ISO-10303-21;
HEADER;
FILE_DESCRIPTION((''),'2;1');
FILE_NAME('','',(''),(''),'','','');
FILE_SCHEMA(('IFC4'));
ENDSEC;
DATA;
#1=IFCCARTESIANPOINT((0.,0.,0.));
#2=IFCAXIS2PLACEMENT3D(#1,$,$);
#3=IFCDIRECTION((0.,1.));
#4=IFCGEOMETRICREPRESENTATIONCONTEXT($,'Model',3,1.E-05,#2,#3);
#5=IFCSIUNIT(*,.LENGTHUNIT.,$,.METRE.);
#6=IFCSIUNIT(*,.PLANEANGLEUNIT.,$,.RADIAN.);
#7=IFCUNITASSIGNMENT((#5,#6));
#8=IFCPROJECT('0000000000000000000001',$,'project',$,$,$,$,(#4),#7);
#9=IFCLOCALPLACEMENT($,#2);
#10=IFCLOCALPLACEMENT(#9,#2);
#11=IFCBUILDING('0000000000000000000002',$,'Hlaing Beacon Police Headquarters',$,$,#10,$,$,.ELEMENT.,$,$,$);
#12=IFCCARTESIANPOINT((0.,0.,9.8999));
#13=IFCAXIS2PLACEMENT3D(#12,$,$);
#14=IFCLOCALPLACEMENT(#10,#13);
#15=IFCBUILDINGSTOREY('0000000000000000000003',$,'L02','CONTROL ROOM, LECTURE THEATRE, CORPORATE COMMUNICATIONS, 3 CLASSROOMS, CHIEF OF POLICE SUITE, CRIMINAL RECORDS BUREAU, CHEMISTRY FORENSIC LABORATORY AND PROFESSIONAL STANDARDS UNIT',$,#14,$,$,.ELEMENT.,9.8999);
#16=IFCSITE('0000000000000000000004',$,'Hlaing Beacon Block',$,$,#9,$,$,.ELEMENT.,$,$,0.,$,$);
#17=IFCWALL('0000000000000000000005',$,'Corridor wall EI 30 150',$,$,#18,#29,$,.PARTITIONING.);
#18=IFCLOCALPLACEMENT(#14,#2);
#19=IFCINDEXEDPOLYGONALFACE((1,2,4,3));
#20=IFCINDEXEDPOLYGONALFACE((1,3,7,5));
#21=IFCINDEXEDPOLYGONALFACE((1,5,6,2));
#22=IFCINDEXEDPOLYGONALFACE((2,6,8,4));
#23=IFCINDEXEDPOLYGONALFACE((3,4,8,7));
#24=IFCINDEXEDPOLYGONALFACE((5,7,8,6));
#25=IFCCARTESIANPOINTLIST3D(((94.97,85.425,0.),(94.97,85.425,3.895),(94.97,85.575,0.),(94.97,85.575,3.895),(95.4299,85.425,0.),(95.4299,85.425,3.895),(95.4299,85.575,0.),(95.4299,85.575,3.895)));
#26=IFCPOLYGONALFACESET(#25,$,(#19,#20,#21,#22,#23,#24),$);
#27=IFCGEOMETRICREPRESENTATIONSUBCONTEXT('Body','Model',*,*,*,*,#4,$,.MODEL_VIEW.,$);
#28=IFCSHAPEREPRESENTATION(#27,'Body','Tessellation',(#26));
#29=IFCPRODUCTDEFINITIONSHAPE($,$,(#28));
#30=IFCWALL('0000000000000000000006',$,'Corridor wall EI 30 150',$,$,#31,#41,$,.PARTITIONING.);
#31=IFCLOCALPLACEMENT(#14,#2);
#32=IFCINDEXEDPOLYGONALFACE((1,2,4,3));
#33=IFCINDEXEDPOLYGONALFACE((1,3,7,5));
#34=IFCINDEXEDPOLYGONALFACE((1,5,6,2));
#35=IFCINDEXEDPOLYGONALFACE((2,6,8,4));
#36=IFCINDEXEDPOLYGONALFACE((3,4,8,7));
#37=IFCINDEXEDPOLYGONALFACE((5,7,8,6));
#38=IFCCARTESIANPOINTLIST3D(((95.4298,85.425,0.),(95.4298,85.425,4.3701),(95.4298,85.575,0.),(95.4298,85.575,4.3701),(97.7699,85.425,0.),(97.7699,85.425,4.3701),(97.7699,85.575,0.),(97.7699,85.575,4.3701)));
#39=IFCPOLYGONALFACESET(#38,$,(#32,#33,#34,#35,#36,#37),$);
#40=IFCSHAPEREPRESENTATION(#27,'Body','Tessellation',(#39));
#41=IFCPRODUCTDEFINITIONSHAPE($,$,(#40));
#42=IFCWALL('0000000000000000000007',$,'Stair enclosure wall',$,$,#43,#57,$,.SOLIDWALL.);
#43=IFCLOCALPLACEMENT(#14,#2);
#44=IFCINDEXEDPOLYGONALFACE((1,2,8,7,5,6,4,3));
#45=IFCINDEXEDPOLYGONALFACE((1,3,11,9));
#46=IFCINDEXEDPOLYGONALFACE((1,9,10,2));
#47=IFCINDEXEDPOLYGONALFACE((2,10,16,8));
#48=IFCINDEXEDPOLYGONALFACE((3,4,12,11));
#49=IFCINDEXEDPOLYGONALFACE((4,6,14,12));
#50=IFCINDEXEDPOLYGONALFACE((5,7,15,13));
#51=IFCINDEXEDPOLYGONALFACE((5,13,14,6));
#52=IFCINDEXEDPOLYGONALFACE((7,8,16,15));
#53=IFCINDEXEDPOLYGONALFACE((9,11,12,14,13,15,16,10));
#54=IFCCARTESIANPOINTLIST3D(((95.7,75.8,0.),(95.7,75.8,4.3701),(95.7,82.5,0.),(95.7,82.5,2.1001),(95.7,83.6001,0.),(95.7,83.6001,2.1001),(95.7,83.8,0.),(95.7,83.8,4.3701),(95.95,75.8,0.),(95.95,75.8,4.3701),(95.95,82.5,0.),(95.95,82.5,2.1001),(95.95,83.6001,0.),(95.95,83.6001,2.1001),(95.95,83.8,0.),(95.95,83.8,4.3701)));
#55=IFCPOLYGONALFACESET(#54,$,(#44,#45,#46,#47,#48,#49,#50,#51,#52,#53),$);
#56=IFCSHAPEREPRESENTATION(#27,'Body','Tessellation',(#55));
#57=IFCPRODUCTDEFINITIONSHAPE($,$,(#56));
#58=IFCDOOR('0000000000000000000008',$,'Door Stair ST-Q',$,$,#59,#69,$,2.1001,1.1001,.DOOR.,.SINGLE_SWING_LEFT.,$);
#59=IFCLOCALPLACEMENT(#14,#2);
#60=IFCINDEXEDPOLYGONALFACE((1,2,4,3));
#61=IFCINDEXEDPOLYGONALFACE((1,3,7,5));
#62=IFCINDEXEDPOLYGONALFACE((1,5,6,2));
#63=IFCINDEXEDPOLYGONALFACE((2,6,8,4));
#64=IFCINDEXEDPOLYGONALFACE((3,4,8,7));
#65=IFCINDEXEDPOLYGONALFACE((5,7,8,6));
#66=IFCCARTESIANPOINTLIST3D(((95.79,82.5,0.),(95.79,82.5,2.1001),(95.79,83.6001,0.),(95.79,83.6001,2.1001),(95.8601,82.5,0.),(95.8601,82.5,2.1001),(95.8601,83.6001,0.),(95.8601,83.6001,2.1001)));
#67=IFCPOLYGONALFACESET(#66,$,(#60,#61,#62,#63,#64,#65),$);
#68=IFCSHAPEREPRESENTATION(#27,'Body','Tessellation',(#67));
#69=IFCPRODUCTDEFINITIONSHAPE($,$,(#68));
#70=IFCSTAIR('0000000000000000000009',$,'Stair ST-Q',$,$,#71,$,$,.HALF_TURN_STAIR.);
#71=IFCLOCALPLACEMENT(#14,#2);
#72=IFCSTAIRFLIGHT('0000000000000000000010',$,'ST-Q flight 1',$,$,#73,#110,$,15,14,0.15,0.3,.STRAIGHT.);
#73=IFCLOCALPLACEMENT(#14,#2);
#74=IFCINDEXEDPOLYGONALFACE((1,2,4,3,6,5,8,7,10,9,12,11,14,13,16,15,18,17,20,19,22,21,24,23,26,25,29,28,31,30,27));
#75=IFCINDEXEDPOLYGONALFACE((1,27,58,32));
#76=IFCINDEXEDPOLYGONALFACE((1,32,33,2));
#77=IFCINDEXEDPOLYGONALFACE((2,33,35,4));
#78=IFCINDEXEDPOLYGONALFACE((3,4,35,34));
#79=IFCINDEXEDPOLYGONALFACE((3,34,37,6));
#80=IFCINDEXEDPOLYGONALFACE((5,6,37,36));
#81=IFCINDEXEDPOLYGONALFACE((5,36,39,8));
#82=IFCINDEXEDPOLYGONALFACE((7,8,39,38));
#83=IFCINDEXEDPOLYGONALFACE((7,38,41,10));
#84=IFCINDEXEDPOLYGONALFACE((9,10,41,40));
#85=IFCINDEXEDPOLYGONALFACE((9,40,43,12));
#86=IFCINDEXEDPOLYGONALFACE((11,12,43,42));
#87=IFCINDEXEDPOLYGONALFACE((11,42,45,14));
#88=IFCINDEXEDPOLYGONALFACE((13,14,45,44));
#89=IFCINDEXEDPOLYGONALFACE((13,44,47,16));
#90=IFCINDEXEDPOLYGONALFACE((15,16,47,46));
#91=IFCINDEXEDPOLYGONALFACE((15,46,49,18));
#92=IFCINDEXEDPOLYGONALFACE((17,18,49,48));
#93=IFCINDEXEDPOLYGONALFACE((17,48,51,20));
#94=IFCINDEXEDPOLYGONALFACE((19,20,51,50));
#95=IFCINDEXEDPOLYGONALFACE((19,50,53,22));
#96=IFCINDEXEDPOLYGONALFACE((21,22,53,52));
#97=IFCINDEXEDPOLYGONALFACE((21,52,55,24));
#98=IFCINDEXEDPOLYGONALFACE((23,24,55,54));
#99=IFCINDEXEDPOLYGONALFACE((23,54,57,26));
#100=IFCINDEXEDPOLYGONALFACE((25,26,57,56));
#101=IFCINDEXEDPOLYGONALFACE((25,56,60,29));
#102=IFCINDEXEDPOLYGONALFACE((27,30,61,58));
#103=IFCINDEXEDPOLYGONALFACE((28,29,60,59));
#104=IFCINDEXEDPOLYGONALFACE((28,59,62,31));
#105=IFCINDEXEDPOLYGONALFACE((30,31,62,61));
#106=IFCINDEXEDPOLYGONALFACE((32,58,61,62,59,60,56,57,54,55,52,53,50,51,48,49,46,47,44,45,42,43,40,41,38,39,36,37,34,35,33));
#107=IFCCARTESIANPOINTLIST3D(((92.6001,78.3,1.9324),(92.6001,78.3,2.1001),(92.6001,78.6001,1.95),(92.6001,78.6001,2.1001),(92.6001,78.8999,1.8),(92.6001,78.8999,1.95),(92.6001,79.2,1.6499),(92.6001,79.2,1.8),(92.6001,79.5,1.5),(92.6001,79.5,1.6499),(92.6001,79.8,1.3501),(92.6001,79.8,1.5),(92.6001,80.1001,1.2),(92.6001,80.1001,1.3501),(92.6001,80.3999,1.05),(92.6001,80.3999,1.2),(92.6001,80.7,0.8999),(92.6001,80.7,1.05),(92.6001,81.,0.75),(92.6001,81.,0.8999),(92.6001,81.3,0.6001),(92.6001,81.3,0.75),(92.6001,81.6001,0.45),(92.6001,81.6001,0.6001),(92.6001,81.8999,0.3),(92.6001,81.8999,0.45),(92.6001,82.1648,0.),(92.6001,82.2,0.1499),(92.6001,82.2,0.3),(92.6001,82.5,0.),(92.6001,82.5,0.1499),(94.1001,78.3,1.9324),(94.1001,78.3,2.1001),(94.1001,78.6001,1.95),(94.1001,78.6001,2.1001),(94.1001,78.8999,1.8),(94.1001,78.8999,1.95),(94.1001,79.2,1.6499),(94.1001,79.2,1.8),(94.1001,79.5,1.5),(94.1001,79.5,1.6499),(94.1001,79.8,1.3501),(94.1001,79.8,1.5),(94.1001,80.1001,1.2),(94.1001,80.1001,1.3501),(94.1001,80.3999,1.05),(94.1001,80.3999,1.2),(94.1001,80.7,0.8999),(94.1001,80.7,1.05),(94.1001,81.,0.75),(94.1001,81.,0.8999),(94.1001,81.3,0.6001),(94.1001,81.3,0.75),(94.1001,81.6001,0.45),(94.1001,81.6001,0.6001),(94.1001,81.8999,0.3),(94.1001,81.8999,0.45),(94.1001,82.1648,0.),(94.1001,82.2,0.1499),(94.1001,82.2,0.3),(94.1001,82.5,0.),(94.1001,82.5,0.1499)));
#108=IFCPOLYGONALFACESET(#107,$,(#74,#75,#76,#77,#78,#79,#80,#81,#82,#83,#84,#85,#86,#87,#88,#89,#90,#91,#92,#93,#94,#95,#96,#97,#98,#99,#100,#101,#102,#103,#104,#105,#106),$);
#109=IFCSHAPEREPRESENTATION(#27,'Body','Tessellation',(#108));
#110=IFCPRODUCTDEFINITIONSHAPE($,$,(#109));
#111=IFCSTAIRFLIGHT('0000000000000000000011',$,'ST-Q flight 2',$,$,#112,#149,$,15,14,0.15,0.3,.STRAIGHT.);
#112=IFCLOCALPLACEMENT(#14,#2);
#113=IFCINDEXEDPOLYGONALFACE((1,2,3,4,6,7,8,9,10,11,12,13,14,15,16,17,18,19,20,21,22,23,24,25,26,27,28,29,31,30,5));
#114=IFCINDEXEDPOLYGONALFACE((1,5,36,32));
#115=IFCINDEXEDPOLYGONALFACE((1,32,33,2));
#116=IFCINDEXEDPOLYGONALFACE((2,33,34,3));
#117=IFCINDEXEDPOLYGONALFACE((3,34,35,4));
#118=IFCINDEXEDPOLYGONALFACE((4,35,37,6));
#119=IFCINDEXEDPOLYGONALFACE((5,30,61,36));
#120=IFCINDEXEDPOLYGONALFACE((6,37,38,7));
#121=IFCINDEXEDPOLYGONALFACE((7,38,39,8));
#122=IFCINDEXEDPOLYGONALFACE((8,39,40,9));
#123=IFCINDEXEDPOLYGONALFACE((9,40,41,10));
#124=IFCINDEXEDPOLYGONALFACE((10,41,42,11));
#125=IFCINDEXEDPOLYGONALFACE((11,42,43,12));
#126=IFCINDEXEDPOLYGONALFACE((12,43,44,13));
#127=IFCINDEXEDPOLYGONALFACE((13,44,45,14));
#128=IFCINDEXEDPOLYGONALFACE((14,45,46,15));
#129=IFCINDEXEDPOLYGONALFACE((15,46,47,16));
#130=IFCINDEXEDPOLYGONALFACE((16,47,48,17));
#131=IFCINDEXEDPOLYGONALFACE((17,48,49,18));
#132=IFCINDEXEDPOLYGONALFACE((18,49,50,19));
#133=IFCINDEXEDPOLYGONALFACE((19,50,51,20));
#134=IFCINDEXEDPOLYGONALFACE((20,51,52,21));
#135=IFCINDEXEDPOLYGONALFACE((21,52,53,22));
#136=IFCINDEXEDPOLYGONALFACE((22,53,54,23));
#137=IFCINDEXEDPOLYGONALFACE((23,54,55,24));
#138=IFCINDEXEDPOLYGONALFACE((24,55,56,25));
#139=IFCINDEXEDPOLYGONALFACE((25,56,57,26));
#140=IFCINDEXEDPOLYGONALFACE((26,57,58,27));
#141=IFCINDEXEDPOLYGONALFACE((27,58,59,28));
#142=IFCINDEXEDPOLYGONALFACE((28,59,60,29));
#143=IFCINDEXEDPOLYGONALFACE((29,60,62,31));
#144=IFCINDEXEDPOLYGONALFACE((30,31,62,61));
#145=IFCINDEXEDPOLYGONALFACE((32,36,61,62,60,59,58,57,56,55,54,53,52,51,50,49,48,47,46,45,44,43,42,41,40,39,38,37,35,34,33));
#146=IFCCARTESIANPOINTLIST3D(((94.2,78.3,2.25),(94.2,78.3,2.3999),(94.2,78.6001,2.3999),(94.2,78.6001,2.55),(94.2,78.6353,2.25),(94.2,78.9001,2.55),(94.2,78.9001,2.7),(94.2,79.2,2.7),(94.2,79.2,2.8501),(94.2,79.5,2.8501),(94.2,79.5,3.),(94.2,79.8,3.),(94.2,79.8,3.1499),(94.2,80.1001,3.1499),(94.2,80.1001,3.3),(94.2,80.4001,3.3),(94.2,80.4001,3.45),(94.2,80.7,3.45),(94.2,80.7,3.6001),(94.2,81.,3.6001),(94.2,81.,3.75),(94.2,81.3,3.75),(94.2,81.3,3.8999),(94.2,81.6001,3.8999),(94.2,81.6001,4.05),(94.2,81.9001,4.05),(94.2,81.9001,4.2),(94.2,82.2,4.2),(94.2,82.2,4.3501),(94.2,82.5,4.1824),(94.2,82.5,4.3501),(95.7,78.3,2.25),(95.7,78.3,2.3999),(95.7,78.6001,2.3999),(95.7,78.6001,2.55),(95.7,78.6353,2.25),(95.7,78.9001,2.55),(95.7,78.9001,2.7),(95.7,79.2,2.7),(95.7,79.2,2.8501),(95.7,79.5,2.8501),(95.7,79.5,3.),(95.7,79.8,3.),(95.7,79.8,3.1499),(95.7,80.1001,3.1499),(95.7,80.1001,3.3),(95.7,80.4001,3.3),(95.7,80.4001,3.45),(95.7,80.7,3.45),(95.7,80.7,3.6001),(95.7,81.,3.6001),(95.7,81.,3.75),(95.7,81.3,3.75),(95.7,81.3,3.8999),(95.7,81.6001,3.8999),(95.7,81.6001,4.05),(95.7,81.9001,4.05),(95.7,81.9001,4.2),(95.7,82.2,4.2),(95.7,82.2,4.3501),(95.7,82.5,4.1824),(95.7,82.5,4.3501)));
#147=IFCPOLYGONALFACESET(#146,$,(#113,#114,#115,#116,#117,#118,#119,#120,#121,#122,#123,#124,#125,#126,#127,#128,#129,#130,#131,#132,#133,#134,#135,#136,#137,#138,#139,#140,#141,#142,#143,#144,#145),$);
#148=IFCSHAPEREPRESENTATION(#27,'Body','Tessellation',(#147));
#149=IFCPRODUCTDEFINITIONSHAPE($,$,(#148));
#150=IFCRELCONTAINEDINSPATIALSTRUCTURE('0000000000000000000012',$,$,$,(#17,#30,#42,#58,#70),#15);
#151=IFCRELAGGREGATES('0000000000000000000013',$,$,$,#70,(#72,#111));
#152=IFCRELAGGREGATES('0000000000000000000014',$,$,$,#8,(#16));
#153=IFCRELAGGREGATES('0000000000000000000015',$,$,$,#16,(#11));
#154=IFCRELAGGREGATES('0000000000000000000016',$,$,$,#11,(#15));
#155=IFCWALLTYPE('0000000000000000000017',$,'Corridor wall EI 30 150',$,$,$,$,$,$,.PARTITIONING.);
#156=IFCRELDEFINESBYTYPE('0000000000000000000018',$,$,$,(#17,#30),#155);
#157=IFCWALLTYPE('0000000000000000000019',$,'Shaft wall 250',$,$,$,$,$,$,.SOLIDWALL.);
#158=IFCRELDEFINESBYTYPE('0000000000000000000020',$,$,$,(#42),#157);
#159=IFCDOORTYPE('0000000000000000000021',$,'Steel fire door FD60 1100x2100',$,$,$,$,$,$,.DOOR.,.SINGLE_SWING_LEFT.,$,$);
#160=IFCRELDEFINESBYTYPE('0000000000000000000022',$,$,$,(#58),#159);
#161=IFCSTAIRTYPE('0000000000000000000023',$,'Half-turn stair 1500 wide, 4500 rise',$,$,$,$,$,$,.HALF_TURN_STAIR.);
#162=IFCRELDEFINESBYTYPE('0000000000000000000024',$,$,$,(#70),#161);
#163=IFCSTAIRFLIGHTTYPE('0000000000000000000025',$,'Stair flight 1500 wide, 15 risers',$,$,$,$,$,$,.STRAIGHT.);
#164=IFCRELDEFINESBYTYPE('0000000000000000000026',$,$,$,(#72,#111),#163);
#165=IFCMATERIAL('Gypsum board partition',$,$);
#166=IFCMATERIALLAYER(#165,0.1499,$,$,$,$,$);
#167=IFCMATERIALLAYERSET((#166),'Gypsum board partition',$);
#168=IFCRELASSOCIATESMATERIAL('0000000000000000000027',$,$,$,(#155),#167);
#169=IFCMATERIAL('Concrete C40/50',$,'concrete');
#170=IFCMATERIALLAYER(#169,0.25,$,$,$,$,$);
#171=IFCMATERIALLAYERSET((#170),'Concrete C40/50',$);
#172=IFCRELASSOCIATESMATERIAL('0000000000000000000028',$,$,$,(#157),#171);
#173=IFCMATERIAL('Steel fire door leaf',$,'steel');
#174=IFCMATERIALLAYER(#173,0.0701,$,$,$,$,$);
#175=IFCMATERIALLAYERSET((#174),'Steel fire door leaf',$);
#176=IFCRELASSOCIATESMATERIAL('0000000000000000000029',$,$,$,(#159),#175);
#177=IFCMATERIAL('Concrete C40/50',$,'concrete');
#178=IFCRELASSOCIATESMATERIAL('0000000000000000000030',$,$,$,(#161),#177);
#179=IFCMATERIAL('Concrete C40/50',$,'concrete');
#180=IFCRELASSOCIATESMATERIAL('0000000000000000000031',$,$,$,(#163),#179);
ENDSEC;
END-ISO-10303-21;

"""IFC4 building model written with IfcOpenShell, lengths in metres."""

from ifc_helpers import new_model, si_unit, direction, frame, frame_2d, origin, place, context, subcontext, project, spatial, polyline, rectangle, outline, extrude, material, layer, layer_set, type_object, element, fill, aggregate, save


model = new_model("IFC4")

# Units and contexts
model_context = context("Model", 3, precision=1e-05, world=origin(), true_north=direction((0.0, 1.0)))
body_context = subcontext(model_context, "Body", "Model", "MODEL_VIEW")
ifc_project = project(units=[si_unit("LENGTHUNIT", "METRE"), si_unit("PLANEANGLEUNIT", "RADIAN")], contexts=[model_context])

# Site, building, storey
site_placement = place(None, origin())
site = spatial("IfcSite", under=ifc_project, at=site_placement, Name="Hlaing Beacon Block", CompositionType="ELEMENT", RefElevation=0.0)
building_placement = place(site_placement, origin())
building = spatial("IfcBuilding", under=site, at=building_placement, Name="Hlaing Beacon Police Headquarters", CompositionType="ELEMENT")
storey_placement = place(building_placement, frame((0.0, 0.0, 9.8999)))
storey = spatial("IfcBuildingStorey", under=building, at=storey_placement, Name="L02", Description="CONTROL ROOM, LECTURE THEATRE, CORPORATE COMMUNICATIONS, 3 CLASSROOMS, CHIEF OF POLICE SUITE, CRIMINAL RECORDS BUREAU, CHEMISTRY FORENSIC LABORATORY AND PROFESSIONAL STANDARDS UNIT", CompositionType="ELEMENT", Elevation=9.8999)

# Walls
ifc_material_1 = material(Name="Gypsum board partition")
ifc_layer_1 = layer(ifc_material_1, 0.1499)
ifc_layer_set_1 = layer_set([ifc_layer_1], Name="Gypsum board partition")
wall_type_1 = type_object("IfcWallType", Name="Corridor wall EI 30 150", PredefinedType="PARTITIONING", material=ifc_layer_set_1)
wall_1_placement = place(storey_placement, frame((94.97, 85.5, 0.0), z_axis=(0.0, 0.0, 1.0), x_axis=(1.0, 0.0, 0.0)))
element("IfcWall", 1, at=wall_1_placement, inside=storey, type_object=wall_type_1, Name="Corridor wall EI 30 150", PredefinedType="PARTITIONING", context=body_context, shape_type="SweptSolid", body=[
    extrude(rectangle(XDim=0.46, YDim=0.1499, at=frame_2d((0.23, 0.0))), origin(), (0.0, 0.0, 1.0), 3.895),
])
wall_2_placement = place(storey_placement, frame((95.4299, 85.5, 0.0), z_axis=(0.0, 0.0, 1.0), x_axis=(1.0, 0.0, 0.0)))
element("IfcWall", 2, at=wall_2_placement, inside=storey, type_object=wall_type_1, Name="Corridor wall EI 30 150", PredefinedType="PARTITIONING", context=body_context, shape_type="SweptSolid", body=[
    extrude(rectangle(XDim=2.3401, YDim=0.1499, at=frame_2d((1.1699, 0.0))), origin(), (0.0, 0.0, 1.0), 4.3701),
])

# Wall, opening, door
ifc_material_2 = material(Name="Concrete C40/50", Category="concrete")
ifc_layer_2 = layer(ifc_material_2, 0.25)
ifc_layer_set_2 = layer_set([ifc_layer_2], Name="Concrete C40/50")
wall_type_2 = type_object("IfcWallType", Name="Shaft wall 250", PredefinedType="SOLIDWALL", material=ifc_layer_set_2)
wall_3_placement = place(storey_placement, frame((95.825, 83.8, 0.0), z_axis=(0.0, 0.0, 1.0), x_axis=(0.0, -1.0, 0.0)))
wall_3 = element("IfcWall", 3, at=wall_3_placement, inside=storey, type_object=wall_type_2, Name="Stair enclosure wall", PredefinedType="SOLIDWALL", context=body_context, shape_type="SweptSolid", body=[
    extrude(rectangle(XDim=8.0, YDim=0.25, at=frame_2d((4.0, 0.0))), origin(), (0.0, 0.0, 1.0), 4.3701),
])
opening_placement = place(wall_3_placement, frame((0.2, 0.0, 0.0)))
opening = element("IfcOpeningElement", 4, at=opening_placement, cuts=wall_3, PredefinedType="OPENING", context=body_context, shape_type="SweptSolid", body=[
    extrude(rectangle(XDim=1.1001, YDim=2.1001, at=frame_2d((0.55, 1.05))), frame((0.0, 0.135, 0.0), z_axis=(0.0, -1.0, 0.0), x_axis=(1.0, 0.0, 0.0)), (0.0, 0.0, 1.0), 0.27),
])
ifc_material_3 = material(Name="Steel fire door leaf", Category="steel")
ifc_layer_3 = layer(ifc_material_3, 0.0701)
ifc_layer_set_3 = layer_set([ifc_layer_3], Name="Steel fire door leaf")
door_type = type_object("IfcDoorType", Name="Steel fire door FD60 1100x2100", OperationType="SINGLE_SWING_LEFT", PredefinedType="DOOR", material=ifc_layer_set_3)
door_placement = place(opening_placement, frame((1.1001, 0.0, 0.0), z_axis=(0.0, 0.0, 1.0), x_axis=(-1.0, 0.0, 0.0)))
door = element("IfcDoor", 5, at=door_placement, inside=storey, type_object=door_type, Name="Door Stair ST-Q", OperationType="SINGLE_SWING_LEFT", OverallHeight=2.1001, OverallWidth=1.1001, PredefinedType="DOOR", context=body_context, shape_type="SweptSolid", body=[
    extrude(rectangle(XDim=1.1001, YDim=2.1001, at=frame_2d((0.55, 1.05))), frame((0.0, 0.0349, 0.0), z_axis=(0.0, -1.0, 0.0), x_axis=(1.0, 0.0, 0.0)), (0.0, 0.0, 1.0), 0.0701),
])
fill(opening, door)

# Stair, stair flights
ifc_material_4 = material(Name="Concrete C40/50", Category="concrete")
stair_type = type_object("IfcStairType", Name="Half-turn stair 1500 wide, 4500 rise", PredefinedType="HALF_TURN_STAIR", material=ifc_material_4)
stair_placement = place(storey_placement, origin())
stair = element("IfcStair", 6, at=stair_placement, inside=storey, type_object=stair_type, Name="Stair ST-Q", PredefinedType="HALF_TURN_STAIR")
ifc_material_5 = material(Name="Concrete C40/50", Category="concrete")
stair_flight_type = type_object("IfcStairFlightType", Name="Stair flight 1500 wide, 15 risers", PredefinedType="STRAIGHT", material=ifc_material_5)
stair_flight_1_placement = place(storey_placement, frame((93.3501, 82.5, 0.0), z_axis=(0.0, 0.0, 1.0), x_axis=(0.0, -1.0, 0.0)))
stair_flight_1 = element("IfcStairFlight", 7, at=stair_flight_1_placement, type_object=stair_flight_type, Name="ST-Q flight 1", NumberOfRisers=15, NumberOfTreads=14, PredefinedType="STRAIGHT", RiserHeight=0.15, TreadLength=0.3, context=body_context, shape_type="SweptSolid", body=[
    extrude(outline(polyline([(0.0, 0.0), (0.0, 0.1499), (0.3, 0.1499), (0.3, 0.3), (0.6001, 0.3), (0.6001, 0.45), (0.8999, 0.45), (0.8999, 0.6001), (1.2, 0.6001), (1.2, 0.75), (1.5, 0.75), (1.5, 0.8999), (1.8, 0.8999), (1.8, 1.05), (2.1001, 1.05), (2.1001, 1.2), (2.3999, 1.2), (2.3999, 1.3501), (2.7, 1.3501), (2.7, 1.5), (3.0, 1.5), (3.0, 1.6499), (3.3, 1.6499), (3.3, 1.8), (3.6001, 1.8), (3.6001, 1.95), (3.8999, 1.95), (3.8999, 2.1001), (4.2, 2.1001), (4.2, 2.25), (4.2, 1.9324), (0.3352, 0.0), (0.0, 0.0)])), frame((0.0, 0.75, 0.0), z_axis=(0.0, -1.0, 0.0), x_axis=(1.0, 0.0, 0.0)), (0.0, 0.0, 1.0), 1.5),
])
stair_flight_2_placement = place(storey_placement, frame((94.95, 78.3, 2.25), z_axis=(0.0, 0.0, 1.0), x_axis=(0.0, 1.0, 0.0)))
stair_flight_2 = element("IfcStairFlight", 8, at=stair_flight_2_placement, type_object=stair_flight_type, Name="ST-Q flight 2", NumberOfRisers=15, NumberOfTreads=14, PredefinedType="STRAIGHT", RiserHeight=0.15, TreadLength=0.3, context=body_context, shape_type="SweptSolid", body=[
    extrude(outline(polyline([(0.0, 0.0), (0.0, 0.1499), (0.3, 0.1499), (0.3, 0.3), (0.6001, 0.3), (0.6001, 0.45), (0.8999, 0.45), (0.8999, 0.6001), (1.2, 0.6001), (1.2, 0.75), (1.5, 0.75), (1.5, 0.8999), (1.8, 0.8999), (1.8, 1.05), (2.1001, 1.05), (2.1001, 1.2), (2.3999, 1.2), (2.3999, 1.3501), (2.7, 1.3501), (2.7, 1.5), (3.0, 1.5), (3.0, 1.6499), (3.3, 1.6499), (3.3, 1.8), (3.6001, 1.8), (3.6001, 1.95), (3.8999, 1.95), (3.8999, 2.1001), (4.2, 2.1001), (4.2, 2.25), (4.2, 1.9324), (0.3352, 0.0), (0.0, 0.0)])), frame((0.0, 0.75, 0.0), z_axis=(0.0, -1.0, 0.0), x_axis=(1.0, 0.0, 0.0)), (0.0, 0.0, 1.0), 1.5),
])
aggregate(stair, [stair_flight_1, stair_flight_2])

save(model, "model.ifc")
